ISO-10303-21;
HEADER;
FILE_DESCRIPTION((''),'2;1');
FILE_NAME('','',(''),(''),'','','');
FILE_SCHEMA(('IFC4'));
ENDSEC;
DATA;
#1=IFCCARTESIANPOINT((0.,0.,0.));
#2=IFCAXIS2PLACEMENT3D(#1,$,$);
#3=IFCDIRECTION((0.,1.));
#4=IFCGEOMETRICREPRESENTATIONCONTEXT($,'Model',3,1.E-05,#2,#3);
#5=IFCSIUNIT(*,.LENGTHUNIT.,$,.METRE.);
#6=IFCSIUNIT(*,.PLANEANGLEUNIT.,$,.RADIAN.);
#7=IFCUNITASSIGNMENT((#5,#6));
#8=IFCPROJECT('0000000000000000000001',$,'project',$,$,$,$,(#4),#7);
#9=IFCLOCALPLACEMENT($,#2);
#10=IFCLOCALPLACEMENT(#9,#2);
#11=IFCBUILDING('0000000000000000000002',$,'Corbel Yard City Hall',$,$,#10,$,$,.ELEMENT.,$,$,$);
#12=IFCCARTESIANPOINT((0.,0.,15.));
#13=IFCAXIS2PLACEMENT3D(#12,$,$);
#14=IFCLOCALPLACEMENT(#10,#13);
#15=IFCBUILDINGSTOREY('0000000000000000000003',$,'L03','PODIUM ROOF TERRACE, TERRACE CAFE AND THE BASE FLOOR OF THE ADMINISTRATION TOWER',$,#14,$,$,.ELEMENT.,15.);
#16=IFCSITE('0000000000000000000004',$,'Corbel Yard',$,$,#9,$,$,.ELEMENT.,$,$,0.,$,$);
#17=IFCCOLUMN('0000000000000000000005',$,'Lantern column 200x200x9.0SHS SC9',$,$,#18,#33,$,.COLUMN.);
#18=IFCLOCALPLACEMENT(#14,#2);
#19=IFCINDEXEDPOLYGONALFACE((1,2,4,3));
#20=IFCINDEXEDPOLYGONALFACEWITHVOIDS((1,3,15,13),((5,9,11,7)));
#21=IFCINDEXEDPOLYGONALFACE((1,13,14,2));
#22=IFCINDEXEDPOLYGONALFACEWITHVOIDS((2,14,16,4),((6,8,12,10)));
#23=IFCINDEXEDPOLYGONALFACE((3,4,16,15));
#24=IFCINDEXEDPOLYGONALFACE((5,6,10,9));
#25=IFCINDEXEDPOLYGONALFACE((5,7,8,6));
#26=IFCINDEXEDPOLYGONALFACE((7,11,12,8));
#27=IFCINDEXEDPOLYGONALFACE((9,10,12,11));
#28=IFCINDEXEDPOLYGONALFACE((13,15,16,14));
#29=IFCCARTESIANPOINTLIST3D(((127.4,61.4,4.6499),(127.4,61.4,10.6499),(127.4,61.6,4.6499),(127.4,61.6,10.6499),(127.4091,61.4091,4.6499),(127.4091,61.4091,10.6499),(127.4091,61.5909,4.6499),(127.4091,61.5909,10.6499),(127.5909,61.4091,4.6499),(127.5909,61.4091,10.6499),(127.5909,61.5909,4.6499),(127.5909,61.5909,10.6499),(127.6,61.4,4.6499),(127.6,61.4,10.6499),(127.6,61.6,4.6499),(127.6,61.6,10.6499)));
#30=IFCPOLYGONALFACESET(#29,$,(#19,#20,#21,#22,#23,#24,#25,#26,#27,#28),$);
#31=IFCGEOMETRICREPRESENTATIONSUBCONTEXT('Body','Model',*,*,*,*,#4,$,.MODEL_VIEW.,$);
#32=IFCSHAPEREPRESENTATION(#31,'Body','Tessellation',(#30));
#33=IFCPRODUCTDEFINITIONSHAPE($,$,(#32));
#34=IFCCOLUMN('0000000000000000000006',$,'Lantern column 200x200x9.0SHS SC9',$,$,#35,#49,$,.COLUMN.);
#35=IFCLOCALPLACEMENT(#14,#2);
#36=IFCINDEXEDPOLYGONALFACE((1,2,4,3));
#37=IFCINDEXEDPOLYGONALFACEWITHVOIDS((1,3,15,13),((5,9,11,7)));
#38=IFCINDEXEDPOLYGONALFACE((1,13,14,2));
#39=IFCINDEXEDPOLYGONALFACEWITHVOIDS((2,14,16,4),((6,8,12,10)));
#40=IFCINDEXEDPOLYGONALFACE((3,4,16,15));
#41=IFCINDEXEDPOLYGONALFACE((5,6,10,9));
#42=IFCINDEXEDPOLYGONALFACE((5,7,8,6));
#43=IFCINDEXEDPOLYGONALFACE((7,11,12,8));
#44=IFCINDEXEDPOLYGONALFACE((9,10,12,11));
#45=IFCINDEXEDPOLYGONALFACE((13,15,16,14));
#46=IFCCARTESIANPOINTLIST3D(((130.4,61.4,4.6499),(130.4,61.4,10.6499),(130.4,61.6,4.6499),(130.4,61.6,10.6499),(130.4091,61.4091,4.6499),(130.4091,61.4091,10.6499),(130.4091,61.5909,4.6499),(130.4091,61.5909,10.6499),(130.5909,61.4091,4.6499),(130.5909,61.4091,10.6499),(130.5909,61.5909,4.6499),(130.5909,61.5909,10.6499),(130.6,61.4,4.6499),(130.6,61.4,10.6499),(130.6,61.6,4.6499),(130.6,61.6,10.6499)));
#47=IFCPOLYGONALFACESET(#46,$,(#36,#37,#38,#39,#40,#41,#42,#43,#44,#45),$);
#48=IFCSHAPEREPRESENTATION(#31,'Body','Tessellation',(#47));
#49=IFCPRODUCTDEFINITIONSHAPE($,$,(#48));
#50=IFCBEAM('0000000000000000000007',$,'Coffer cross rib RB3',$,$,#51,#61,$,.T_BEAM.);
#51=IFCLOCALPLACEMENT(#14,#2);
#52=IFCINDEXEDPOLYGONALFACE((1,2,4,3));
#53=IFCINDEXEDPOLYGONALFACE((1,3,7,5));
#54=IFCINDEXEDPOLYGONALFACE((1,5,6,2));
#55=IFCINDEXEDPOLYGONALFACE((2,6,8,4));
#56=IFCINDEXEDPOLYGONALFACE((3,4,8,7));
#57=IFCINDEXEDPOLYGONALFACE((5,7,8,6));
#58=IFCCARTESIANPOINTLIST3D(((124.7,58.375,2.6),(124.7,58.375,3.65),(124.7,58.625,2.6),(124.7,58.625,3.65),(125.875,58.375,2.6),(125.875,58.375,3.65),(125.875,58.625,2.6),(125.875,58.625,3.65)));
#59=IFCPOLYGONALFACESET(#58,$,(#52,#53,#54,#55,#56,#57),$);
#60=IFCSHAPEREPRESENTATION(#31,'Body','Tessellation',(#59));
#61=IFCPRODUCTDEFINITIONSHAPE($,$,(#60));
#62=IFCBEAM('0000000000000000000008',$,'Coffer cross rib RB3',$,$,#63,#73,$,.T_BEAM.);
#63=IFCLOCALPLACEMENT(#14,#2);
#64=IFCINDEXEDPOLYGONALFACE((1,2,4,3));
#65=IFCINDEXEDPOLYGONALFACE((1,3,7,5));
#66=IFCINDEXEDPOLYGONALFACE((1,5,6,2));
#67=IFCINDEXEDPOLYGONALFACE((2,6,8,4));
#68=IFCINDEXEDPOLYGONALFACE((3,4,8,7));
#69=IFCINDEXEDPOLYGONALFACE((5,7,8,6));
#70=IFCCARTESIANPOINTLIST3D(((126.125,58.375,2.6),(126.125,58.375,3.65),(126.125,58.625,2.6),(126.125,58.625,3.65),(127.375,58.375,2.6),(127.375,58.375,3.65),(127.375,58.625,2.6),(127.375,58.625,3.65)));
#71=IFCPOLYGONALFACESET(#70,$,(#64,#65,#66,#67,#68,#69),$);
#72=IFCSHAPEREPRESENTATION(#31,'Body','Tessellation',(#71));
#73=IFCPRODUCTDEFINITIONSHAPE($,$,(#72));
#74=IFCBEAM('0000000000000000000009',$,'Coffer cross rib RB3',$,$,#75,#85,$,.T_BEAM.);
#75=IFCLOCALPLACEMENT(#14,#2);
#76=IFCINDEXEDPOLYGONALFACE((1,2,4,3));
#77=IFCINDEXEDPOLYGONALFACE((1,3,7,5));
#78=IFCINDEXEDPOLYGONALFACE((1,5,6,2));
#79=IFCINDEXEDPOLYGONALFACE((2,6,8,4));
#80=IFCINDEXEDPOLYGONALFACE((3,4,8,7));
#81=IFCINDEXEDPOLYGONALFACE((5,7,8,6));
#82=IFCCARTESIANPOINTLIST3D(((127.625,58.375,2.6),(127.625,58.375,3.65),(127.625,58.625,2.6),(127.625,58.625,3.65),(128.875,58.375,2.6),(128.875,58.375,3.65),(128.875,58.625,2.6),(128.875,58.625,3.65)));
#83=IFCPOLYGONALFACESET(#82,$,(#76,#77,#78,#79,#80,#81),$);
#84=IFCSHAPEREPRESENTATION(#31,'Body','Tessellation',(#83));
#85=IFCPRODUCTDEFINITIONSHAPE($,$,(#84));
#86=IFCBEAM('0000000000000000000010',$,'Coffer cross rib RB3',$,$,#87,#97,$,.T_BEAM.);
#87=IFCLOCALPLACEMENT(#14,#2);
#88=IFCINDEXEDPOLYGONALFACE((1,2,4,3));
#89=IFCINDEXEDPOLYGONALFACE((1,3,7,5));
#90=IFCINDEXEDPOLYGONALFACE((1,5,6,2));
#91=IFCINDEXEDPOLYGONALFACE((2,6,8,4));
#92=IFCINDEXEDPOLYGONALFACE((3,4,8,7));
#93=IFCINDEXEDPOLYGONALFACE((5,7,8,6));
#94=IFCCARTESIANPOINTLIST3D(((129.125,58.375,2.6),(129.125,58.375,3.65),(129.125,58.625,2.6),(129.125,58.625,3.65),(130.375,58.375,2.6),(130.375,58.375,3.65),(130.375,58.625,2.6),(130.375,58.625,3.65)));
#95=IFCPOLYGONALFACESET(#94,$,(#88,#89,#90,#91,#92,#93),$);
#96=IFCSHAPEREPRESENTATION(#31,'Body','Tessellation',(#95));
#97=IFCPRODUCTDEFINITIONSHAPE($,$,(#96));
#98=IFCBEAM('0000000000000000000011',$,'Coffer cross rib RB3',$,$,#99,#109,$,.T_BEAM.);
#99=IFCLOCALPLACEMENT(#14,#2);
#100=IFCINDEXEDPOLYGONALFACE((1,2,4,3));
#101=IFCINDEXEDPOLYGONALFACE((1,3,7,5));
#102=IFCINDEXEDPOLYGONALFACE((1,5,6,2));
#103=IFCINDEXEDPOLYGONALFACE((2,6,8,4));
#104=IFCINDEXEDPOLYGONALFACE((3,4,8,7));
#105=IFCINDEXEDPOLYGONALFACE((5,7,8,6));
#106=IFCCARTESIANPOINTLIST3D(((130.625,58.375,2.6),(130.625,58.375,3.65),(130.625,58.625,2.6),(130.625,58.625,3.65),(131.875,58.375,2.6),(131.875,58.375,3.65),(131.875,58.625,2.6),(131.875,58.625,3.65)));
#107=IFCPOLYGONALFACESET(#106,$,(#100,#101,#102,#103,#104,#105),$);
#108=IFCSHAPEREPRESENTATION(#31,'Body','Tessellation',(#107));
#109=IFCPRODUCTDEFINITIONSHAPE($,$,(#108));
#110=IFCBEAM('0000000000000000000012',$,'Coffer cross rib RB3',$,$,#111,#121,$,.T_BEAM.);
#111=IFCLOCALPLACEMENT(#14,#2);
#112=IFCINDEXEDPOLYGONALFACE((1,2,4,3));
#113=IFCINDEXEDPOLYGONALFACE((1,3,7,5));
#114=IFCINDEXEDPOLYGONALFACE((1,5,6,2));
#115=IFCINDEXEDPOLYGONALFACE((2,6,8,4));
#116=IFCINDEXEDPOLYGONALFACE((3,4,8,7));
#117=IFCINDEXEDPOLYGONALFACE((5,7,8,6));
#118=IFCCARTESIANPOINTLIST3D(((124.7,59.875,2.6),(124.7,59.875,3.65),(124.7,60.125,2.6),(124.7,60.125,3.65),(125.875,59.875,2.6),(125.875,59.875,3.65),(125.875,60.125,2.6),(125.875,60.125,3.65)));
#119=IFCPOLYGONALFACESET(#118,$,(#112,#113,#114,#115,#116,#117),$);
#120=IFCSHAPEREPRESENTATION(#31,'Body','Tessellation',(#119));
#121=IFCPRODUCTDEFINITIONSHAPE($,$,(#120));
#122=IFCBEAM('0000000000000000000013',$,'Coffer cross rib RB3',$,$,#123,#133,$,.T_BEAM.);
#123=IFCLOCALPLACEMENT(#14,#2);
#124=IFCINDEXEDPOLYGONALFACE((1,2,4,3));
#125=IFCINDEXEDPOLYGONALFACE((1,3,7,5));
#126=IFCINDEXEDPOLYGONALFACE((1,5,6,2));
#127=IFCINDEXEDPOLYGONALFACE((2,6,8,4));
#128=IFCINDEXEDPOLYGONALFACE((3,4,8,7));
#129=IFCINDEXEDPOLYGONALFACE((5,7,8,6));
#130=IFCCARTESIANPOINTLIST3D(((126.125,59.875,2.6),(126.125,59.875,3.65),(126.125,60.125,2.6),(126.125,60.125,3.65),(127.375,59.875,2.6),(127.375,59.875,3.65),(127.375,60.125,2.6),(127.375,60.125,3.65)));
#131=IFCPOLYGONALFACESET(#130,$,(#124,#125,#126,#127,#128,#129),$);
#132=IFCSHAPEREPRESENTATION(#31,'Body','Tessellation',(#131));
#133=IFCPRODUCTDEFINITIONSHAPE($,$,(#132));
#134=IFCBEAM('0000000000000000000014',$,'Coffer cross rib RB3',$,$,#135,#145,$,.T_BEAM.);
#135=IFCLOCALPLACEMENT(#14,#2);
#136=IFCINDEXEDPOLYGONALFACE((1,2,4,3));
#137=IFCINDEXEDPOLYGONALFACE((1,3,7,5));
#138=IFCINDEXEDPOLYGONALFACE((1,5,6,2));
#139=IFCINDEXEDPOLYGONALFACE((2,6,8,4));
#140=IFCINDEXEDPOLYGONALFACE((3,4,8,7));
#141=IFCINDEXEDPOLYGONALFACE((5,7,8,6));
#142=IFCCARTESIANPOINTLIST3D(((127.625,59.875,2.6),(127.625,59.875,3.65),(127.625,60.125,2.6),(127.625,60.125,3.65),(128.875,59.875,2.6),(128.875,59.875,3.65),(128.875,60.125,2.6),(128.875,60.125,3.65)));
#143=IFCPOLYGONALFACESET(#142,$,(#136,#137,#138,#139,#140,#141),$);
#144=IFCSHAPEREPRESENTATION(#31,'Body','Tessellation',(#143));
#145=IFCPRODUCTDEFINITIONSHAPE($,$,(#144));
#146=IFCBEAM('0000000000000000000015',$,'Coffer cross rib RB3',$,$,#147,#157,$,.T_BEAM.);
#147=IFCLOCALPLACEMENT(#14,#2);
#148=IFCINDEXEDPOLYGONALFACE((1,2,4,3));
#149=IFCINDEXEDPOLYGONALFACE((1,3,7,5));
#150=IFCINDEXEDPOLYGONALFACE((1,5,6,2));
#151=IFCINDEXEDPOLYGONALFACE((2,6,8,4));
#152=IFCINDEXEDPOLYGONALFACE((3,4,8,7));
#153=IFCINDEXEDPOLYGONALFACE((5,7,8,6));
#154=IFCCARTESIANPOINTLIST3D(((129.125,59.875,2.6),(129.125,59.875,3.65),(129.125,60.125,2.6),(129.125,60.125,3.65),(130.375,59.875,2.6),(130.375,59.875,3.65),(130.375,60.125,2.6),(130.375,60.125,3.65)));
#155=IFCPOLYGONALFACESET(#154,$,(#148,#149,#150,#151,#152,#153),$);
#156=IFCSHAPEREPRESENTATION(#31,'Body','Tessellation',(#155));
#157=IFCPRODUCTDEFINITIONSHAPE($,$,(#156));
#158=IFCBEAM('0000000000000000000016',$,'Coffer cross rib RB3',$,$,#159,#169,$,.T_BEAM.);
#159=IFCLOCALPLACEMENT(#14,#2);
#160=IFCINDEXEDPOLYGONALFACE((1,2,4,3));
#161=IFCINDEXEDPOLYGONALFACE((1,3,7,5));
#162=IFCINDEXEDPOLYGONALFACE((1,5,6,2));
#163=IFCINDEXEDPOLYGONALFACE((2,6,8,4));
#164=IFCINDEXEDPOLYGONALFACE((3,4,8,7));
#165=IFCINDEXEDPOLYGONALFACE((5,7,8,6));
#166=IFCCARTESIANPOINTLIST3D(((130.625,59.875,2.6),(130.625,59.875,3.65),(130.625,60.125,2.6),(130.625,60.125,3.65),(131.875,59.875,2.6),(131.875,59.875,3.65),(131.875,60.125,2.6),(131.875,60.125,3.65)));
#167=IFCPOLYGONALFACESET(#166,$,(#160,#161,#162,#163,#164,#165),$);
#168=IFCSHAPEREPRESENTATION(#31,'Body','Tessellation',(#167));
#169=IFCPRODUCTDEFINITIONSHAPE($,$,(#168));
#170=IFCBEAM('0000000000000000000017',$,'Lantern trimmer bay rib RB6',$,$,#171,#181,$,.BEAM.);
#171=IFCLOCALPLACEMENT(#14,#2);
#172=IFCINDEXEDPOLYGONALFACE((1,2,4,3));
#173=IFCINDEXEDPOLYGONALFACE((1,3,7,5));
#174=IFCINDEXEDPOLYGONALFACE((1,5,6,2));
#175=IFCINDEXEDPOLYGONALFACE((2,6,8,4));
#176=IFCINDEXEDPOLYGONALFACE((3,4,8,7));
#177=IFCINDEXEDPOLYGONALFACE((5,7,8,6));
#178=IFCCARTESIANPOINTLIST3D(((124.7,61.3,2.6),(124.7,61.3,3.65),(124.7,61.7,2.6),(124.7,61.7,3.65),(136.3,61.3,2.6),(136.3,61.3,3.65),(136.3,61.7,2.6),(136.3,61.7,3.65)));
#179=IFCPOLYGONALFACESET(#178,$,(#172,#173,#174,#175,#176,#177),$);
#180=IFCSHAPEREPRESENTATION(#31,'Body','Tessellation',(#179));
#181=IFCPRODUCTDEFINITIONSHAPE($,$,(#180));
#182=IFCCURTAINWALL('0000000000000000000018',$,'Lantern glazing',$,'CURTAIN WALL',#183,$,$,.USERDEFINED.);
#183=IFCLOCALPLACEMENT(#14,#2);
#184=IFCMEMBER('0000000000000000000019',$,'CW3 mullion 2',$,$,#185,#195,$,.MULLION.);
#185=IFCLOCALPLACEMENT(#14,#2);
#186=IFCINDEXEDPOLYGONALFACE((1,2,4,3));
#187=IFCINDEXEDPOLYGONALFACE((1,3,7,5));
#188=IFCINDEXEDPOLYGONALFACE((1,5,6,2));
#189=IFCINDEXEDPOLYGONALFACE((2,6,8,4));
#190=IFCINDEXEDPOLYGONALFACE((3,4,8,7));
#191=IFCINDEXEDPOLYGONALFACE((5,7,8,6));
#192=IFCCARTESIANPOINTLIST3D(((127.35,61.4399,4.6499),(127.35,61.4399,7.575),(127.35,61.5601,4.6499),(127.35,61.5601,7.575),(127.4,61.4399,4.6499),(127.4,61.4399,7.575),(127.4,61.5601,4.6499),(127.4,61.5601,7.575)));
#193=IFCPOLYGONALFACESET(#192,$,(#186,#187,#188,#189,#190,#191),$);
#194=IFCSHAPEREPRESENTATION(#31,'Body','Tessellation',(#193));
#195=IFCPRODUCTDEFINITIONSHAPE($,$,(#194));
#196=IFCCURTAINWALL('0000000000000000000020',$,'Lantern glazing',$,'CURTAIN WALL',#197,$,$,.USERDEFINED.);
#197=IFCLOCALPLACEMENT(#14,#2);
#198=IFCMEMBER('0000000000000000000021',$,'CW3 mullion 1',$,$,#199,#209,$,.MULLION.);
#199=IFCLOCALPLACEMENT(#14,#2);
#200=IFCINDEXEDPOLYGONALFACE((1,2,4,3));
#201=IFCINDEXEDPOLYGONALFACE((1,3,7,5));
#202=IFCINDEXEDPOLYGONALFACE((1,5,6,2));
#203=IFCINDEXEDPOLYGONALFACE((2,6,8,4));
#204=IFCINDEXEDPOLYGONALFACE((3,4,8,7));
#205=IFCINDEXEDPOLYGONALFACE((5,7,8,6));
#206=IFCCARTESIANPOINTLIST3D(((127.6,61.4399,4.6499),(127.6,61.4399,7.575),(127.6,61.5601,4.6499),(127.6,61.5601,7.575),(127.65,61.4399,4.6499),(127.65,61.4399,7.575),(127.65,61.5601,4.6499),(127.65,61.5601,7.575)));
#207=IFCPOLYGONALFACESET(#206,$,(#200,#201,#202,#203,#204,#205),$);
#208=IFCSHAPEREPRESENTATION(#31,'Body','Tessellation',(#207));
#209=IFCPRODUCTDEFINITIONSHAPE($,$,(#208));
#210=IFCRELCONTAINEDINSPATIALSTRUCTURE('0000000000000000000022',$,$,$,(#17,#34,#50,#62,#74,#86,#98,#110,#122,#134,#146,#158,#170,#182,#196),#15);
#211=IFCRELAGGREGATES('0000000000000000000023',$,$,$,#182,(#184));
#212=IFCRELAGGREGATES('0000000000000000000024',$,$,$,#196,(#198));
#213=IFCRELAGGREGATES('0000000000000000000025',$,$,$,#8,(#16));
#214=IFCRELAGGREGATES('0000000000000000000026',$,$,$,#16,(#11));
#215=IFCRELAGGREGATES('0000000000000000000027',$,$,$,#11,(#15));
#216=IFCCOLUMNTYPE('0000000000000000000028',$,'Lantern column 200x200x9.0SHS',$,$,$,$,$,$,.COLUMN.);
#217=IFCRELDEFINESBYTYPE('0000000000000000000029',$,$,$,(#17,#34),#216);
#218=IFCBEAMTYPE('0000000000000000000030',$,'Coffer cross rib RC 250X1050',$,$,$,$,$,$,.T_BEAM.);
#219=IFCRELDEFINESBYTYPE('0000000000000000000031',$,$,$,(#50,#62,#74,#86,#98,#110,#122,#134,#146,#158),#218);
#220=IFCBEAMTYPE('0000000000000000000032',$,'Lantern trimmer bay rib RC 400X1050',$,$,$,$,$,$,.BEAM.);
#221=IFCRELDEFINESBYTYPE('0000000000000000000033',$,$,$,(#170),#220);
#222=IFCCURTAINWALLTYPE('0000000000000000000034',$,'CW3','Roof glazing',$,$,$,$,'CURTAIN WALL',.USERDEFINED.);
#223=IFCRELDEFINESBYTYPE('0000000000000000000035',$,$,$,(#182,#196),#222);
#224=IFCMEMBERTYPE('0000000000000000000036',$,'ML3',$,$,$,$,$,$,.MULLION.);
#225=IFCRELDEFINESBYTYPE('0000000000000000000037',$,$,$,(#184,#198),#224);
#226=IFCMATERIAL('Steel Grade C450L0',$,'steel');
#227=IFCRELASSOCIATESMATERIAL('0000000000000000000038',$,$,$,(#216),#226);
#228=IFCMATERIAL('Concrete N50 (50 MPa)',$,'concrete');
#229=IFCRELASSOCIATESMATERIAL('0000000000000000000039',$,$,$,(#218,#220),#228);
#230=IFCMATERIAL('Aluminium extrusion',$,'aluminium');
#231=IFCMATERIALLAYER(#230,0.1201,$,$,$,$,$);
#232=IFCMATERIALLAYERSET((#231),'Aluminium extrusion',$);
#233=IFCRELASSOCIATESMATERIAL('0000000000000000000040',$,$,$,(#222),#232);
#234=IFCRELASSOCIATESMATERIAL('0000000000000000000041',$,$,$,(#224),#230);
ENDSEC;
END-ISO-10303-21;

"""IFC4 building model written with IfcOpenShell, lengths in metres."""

from ifc_helpers import new_model, si_unit, direction, frame, origin, origin_2d, place, context, subcontext, project, spatial, rectangle, hollow_rectangle, extrude, material, layer, layer_set, material_profile, profile_set, type_object, element, aggregate, save


model = new_model("IFC4")

# Units and contexts
model_context = context("Model", 3, precision=1e-05, world=origin(), true_north=direction((0.0, 1.0)))
body_context = subcontext(model_context, "Body", "Model", "MODEL_VIEW")
ifc_project = project(units=[si_unit("LENGTHUNIT", "METRE"), si_unit("PLANEANGLEUNIT", "RADIAN")], contexts=[model_context])

# Site, building, storey
site_placement = place(None, origin())
site = spatial("IfcSite", under=ifc_project, at=site_placement, Name="Corbel Yard", CompositionType="ELEMENT", RefElevation=0.0)
building_placement = place(site_placement, origin())
building = spatial("IfcBuilding", under=site, at=building_placement, Name="Corbel Yard City Hall", CompositionType="ELEMENT")
storey_placement = place(building_placement, frame((0.0, 0.0, 15.0)))
storey = spatial("IfcBuildingStorey", under=building, at=storey_placement, Name="L03", Description="PODIUM ROOF TERRACE, TERRACE CAFE AND THE BASE FLOOR OF THE ADMINISTRATION TOWER", CompositionType="ELEMENT", Elevation=15.0)

# Columns
ifc_material_1 = material(Name="Steel Grade C450L0", Category="steel")
ifc_material_profile_1 = material_profile(ifc_material_1, hollow_rectangle(XDim=0.2, YDim=0.2, WallThickness=0.009, at=origin_2d()), Name="200x200x9.0SHS")
ifc_profile_set_1 = profile_set([ifc_material_profile_1], Name="Steel Grade C450L0")
column_type = type_object("IfcColumnType", Name="Lantern column 200x200x9.0SHS", PredefinedType="COLUMN", material=ifc_profile_set_1)
for number, where, z_axis, x_axis, name in (
    (1, (127.5, 61.5, 4.6499), (0.0, 0.0, 1.0), (1.0, 0.0, 0.0), "Lantern column 200x200x9.0SHS SC9"),
    (2, (130.5, 61.5, 4.6499), (0.0, 0.0, 1.0), (1.0, 0.0, 0.0), "Lantern column 200x200x9.0SHS SC9"),
):
    element("IfcColumn", number, at=place(storey_placement, frame(where, z_axis=z_axis, x_axis=x_axis)), inside=storey, type_object=column_type, Name=name, PredefinedType="COLUMN", context=body_context, shape_type="SweptSolid", body=[
        extrude(hollow_rectangle(XDim=0.2, YDim=0.2, WallThickness=0.009, at=origin_2d()), origin(), (0.0, 0.0, 1.0), 6.0),
    ])

# Beams
ifc_material_2 = material(Name="Concrete N50 (50 MPa)", Category="concrete")
ifc_material_profile_2 = material_profile(ifc_material_2, rectangle(XDim=0.25, YDim=1.05, at=origin_2d()), Name="250x1050")
ifc_profile_set_2 = profile_set([ifc_material_profile_2], Name="Concrete N50 (50 MPa)")
beam_type_1 = type_object("IfcBeamType", Name="Coffer cross rib RC 250X1050", PredefinedType="T_BEAM", material=ifc_profile_set_2)
beam_1_placement = place(storey_placement, frame((124.7, 58.5, 3.125), z_axis=(1.0, 0.0, 0.0), x_axis=(0.0, 1.0, 0.0)))
element("IfcBeam", 3, at=beam_1_placement, inside=storey, type_object=beam_type_1, Name="Coffer cross rib RB3", PredefinedType="T_BEAM", context=body_context, shape_type="SweptSolid", body=[
    extrude(rectangle(XDim=0.25, YDim=1.05, at=origin_2d()), origin(), (0.0, 0.0, 1.0), 1.175),
])
for number, where, z_axis, x_axis, name in (
    (4, (126.125, 58.5, 3.125), (1.0, 0.0, 0.0), (0.0, 1.0, 0.0), "Coffer cross rib RB3"),
    (5, (127.625, 58.5, 3.125), (1.0, 0.0, 0.0), (0.0, 1.0, 0.0), "Coffer cross rib RB3"),
    (6, (129.125, 58.5, 3.125), (1.0, 0.0, 0.0), (0.0, 1.0, 0.0), "Coffer cross rib RB3"),
    (7, (130.625, 58.5, 3.125), (1.0, 0.0, 0.0), (0.0, 1.0, 0.0), "Coffer cross rib RB3"),
):
    element("IfcBeam", number, at=place(storey_placement, frame(where, z_axis=z_axis, x_axis=x_axis)), inside=storey, type_object=beam_type_1, Name=name, PredefinedType="T_BEAM", context=body_context, shape_type="SweptSolid", body=[
        extrude(rectangle(XDim=0.25, YDim=1.05, at=origin_2d()), origin(), (0.0, 0.0, 1.0), 1.25),
    ])
beam_2_placement = place(storey_placement, frame((124.7, 60.0, 3.125), z_axis=(1.0, 0.0, 0.0), x_axis=(0.0, 1.0, 0.0)))
element("IfcBeam", 8, at=beam_2_placement, inside=storey, type_object=beam_type_1, Name="Coffer cross rib RB3", PredefinedType="T_BEAM", context=body_context, shape_type="SweptSolid", body=[
    extrude(rectangle(XDim=0.25, YDim=1.05, at=origin_2d()), origin(), (0.0, 0.0, 1.0), 1.175),
])
for number, where, z_axis, x_axis, name in (
    (9, (126.125, 60.0, 3.125), (1.0, 0.0, 0.0), (0.0, 1.0, 0.0), "Coffer cross rib RB3"),
    (10, (127.625, 60.0, 3.125), (1.0, 0.0, 0.0), (0.0, 1.0, 0.0), "Coffer cross rib RB3"),
    (11, (129.125, 60.0, 3.125), (1.0, 0.0, 0.0), (0.0, 1.0, 0.0), "Coffer cross rib RB3"),
    (12, (130.625, 60.0, 3.125), (1.0, 0.0, 0.0), (0.0, 1.0, 0.0), "Coffer cross rib RB3"),
):
    element("IfcBeam", number, at=place(storey_placement, frame(where, z_axis=z_axis, x_axis=x_axis)), inside=storey, type_object=beam_type_1, Name=name, PredefinedType="T_BEAM", context=body_context, shape_type="SweptSolid", body=[
        extrude(rectangle(XDim=0.25, YDim=1.05, at=origin_2d()), origin(), (0.0, 0.0, 1.0), 1.25),
    ])
ifc_material_profile_3 = material_profile(ifc_material_2, rectangle(XDim=0.3999, YDim=1.05, at=origin_2d()), Name="400x1050")
ifc_profile_set_3 = profile_set([ifc_material_profile_3], Name="Concrete N50 (50 MPa)")
beam_type_2 = type_object("IfcBeamType", Name="Lantern trimmer bay rib RC 400X1050", PredefinedType="BEAM", material=ifc_profile_set_3)
beam_3_placement = place(storey_placement, frame((124.7, 61.5, 3.125), z_axis=(1.0, 0.0, 0.0), x_axis=(0.0, 1.0, 0.0)))
element("IfcBeam", 13, at=beam_3_placement, inside=storey, type_object=beam_type_2, Name="Lantern trimmer bay rib RB6", PredefinedType="BEAM", context=body_context, shape_type="SweptSolid", body=[
    extrude(rectangle(XDim=0.3999, YDim=1.05, at=origin_2d()), origin(), (0.0, 0.0, 1.0), 11.6001),
])

# Curtain wall, member
ifc_material_3 = material(Name="Aluminium extrusion", Category="aluminium")
ifc_layer_1 = layer(ifc_material_3, 0.1201)
ifc_layer_set_1 = layer_set([ifc_layer_1], Name="Aluminium extrusion")
curtain_wall_type = type_object("IfcCurtainWallType", Name="CW3", Description="Roof glazing", ElementType="CURTAIN WALL", PredefinedType="USERDEFINED", material=ifc_layer_set_1)
curtain_wall_1_placement = place(storey_placement, origin())
curtain_wall_1 = element("IfcCurtainWall", 14, at=curtain_wall_1_placement, inside=storey, type_object=curtain_wall_type, Name="Lantern glazing", ObjectType="CURTAIN WALL", PredefinedType="USERDEFINED")
ifc_material_profile_4 = material_profile(ifc_material_3, rectangle(XDim=0.1201, YDim=0.05, at=origin_2d()), Name="120x50")
ifc_profile_set_4 = profile_set([ifc_material_profile_4], Name="Aluminium extrusion")
member_type_1 = type_object("IfcMemberType", Name="ML3", PredefinedType="MULLION", material=ifc_profile_set_4)
member_1_placement = place(storey_placement, frame((127.375, 61.5, 4.6499), z_axis=(0.0, 0.0, 1.0), x_axis=(0.0, 1.0, 0.0)))
member_1 = element("IfcMember", 15, at=member_1_placement, type_object=member_type_1, Name="CW3 mullion 2", PredefinedType="MULLION", context=body_context, shape_type="SweptSolid", body=[
    extrude(rectangle(XDim=0.1201, YDim=0.05, at=origin_2d()), origin(), (0.0, 0.0, 1.0), 2.925),
])

# Curtain wall, member
curtain_wall_2_placement = place(storey_placement, origin())
curtain_wall_2 = element("IfcCurtainWall", 16, at=curtain_wall_2_placement, inside=storey, type_object=curtain_wall_type, Name="Lantern glazing", ObjectType="CURTAIN WALL", PredefinedType="USERDEFINED")
member_2_placement = place(storey_placement, frame((127.625, 61.5, 4.6499), z_axis=(0.0, 0.0, 1.0), x_axis=(0.0, 1.0, 0.0)))
member_2 = element("IfcMember", 17, at=member_2_placement, type_object=member_type_1, Name="CW3 mullion 1", PredefinedType="MULLION", context=body_context, shape_type="SweptSolid", body=[
    extrude(rectangle(XDim=0.1201, YDim=0.05, at=origin_2d()), origin(), (0.0, 0.0, 1.0), 2.925),
])

aggregate(curtain_wall_1, [member_1])
aggregate(curtain_wall_2, [member_2])

save(model, "model.ifc")
